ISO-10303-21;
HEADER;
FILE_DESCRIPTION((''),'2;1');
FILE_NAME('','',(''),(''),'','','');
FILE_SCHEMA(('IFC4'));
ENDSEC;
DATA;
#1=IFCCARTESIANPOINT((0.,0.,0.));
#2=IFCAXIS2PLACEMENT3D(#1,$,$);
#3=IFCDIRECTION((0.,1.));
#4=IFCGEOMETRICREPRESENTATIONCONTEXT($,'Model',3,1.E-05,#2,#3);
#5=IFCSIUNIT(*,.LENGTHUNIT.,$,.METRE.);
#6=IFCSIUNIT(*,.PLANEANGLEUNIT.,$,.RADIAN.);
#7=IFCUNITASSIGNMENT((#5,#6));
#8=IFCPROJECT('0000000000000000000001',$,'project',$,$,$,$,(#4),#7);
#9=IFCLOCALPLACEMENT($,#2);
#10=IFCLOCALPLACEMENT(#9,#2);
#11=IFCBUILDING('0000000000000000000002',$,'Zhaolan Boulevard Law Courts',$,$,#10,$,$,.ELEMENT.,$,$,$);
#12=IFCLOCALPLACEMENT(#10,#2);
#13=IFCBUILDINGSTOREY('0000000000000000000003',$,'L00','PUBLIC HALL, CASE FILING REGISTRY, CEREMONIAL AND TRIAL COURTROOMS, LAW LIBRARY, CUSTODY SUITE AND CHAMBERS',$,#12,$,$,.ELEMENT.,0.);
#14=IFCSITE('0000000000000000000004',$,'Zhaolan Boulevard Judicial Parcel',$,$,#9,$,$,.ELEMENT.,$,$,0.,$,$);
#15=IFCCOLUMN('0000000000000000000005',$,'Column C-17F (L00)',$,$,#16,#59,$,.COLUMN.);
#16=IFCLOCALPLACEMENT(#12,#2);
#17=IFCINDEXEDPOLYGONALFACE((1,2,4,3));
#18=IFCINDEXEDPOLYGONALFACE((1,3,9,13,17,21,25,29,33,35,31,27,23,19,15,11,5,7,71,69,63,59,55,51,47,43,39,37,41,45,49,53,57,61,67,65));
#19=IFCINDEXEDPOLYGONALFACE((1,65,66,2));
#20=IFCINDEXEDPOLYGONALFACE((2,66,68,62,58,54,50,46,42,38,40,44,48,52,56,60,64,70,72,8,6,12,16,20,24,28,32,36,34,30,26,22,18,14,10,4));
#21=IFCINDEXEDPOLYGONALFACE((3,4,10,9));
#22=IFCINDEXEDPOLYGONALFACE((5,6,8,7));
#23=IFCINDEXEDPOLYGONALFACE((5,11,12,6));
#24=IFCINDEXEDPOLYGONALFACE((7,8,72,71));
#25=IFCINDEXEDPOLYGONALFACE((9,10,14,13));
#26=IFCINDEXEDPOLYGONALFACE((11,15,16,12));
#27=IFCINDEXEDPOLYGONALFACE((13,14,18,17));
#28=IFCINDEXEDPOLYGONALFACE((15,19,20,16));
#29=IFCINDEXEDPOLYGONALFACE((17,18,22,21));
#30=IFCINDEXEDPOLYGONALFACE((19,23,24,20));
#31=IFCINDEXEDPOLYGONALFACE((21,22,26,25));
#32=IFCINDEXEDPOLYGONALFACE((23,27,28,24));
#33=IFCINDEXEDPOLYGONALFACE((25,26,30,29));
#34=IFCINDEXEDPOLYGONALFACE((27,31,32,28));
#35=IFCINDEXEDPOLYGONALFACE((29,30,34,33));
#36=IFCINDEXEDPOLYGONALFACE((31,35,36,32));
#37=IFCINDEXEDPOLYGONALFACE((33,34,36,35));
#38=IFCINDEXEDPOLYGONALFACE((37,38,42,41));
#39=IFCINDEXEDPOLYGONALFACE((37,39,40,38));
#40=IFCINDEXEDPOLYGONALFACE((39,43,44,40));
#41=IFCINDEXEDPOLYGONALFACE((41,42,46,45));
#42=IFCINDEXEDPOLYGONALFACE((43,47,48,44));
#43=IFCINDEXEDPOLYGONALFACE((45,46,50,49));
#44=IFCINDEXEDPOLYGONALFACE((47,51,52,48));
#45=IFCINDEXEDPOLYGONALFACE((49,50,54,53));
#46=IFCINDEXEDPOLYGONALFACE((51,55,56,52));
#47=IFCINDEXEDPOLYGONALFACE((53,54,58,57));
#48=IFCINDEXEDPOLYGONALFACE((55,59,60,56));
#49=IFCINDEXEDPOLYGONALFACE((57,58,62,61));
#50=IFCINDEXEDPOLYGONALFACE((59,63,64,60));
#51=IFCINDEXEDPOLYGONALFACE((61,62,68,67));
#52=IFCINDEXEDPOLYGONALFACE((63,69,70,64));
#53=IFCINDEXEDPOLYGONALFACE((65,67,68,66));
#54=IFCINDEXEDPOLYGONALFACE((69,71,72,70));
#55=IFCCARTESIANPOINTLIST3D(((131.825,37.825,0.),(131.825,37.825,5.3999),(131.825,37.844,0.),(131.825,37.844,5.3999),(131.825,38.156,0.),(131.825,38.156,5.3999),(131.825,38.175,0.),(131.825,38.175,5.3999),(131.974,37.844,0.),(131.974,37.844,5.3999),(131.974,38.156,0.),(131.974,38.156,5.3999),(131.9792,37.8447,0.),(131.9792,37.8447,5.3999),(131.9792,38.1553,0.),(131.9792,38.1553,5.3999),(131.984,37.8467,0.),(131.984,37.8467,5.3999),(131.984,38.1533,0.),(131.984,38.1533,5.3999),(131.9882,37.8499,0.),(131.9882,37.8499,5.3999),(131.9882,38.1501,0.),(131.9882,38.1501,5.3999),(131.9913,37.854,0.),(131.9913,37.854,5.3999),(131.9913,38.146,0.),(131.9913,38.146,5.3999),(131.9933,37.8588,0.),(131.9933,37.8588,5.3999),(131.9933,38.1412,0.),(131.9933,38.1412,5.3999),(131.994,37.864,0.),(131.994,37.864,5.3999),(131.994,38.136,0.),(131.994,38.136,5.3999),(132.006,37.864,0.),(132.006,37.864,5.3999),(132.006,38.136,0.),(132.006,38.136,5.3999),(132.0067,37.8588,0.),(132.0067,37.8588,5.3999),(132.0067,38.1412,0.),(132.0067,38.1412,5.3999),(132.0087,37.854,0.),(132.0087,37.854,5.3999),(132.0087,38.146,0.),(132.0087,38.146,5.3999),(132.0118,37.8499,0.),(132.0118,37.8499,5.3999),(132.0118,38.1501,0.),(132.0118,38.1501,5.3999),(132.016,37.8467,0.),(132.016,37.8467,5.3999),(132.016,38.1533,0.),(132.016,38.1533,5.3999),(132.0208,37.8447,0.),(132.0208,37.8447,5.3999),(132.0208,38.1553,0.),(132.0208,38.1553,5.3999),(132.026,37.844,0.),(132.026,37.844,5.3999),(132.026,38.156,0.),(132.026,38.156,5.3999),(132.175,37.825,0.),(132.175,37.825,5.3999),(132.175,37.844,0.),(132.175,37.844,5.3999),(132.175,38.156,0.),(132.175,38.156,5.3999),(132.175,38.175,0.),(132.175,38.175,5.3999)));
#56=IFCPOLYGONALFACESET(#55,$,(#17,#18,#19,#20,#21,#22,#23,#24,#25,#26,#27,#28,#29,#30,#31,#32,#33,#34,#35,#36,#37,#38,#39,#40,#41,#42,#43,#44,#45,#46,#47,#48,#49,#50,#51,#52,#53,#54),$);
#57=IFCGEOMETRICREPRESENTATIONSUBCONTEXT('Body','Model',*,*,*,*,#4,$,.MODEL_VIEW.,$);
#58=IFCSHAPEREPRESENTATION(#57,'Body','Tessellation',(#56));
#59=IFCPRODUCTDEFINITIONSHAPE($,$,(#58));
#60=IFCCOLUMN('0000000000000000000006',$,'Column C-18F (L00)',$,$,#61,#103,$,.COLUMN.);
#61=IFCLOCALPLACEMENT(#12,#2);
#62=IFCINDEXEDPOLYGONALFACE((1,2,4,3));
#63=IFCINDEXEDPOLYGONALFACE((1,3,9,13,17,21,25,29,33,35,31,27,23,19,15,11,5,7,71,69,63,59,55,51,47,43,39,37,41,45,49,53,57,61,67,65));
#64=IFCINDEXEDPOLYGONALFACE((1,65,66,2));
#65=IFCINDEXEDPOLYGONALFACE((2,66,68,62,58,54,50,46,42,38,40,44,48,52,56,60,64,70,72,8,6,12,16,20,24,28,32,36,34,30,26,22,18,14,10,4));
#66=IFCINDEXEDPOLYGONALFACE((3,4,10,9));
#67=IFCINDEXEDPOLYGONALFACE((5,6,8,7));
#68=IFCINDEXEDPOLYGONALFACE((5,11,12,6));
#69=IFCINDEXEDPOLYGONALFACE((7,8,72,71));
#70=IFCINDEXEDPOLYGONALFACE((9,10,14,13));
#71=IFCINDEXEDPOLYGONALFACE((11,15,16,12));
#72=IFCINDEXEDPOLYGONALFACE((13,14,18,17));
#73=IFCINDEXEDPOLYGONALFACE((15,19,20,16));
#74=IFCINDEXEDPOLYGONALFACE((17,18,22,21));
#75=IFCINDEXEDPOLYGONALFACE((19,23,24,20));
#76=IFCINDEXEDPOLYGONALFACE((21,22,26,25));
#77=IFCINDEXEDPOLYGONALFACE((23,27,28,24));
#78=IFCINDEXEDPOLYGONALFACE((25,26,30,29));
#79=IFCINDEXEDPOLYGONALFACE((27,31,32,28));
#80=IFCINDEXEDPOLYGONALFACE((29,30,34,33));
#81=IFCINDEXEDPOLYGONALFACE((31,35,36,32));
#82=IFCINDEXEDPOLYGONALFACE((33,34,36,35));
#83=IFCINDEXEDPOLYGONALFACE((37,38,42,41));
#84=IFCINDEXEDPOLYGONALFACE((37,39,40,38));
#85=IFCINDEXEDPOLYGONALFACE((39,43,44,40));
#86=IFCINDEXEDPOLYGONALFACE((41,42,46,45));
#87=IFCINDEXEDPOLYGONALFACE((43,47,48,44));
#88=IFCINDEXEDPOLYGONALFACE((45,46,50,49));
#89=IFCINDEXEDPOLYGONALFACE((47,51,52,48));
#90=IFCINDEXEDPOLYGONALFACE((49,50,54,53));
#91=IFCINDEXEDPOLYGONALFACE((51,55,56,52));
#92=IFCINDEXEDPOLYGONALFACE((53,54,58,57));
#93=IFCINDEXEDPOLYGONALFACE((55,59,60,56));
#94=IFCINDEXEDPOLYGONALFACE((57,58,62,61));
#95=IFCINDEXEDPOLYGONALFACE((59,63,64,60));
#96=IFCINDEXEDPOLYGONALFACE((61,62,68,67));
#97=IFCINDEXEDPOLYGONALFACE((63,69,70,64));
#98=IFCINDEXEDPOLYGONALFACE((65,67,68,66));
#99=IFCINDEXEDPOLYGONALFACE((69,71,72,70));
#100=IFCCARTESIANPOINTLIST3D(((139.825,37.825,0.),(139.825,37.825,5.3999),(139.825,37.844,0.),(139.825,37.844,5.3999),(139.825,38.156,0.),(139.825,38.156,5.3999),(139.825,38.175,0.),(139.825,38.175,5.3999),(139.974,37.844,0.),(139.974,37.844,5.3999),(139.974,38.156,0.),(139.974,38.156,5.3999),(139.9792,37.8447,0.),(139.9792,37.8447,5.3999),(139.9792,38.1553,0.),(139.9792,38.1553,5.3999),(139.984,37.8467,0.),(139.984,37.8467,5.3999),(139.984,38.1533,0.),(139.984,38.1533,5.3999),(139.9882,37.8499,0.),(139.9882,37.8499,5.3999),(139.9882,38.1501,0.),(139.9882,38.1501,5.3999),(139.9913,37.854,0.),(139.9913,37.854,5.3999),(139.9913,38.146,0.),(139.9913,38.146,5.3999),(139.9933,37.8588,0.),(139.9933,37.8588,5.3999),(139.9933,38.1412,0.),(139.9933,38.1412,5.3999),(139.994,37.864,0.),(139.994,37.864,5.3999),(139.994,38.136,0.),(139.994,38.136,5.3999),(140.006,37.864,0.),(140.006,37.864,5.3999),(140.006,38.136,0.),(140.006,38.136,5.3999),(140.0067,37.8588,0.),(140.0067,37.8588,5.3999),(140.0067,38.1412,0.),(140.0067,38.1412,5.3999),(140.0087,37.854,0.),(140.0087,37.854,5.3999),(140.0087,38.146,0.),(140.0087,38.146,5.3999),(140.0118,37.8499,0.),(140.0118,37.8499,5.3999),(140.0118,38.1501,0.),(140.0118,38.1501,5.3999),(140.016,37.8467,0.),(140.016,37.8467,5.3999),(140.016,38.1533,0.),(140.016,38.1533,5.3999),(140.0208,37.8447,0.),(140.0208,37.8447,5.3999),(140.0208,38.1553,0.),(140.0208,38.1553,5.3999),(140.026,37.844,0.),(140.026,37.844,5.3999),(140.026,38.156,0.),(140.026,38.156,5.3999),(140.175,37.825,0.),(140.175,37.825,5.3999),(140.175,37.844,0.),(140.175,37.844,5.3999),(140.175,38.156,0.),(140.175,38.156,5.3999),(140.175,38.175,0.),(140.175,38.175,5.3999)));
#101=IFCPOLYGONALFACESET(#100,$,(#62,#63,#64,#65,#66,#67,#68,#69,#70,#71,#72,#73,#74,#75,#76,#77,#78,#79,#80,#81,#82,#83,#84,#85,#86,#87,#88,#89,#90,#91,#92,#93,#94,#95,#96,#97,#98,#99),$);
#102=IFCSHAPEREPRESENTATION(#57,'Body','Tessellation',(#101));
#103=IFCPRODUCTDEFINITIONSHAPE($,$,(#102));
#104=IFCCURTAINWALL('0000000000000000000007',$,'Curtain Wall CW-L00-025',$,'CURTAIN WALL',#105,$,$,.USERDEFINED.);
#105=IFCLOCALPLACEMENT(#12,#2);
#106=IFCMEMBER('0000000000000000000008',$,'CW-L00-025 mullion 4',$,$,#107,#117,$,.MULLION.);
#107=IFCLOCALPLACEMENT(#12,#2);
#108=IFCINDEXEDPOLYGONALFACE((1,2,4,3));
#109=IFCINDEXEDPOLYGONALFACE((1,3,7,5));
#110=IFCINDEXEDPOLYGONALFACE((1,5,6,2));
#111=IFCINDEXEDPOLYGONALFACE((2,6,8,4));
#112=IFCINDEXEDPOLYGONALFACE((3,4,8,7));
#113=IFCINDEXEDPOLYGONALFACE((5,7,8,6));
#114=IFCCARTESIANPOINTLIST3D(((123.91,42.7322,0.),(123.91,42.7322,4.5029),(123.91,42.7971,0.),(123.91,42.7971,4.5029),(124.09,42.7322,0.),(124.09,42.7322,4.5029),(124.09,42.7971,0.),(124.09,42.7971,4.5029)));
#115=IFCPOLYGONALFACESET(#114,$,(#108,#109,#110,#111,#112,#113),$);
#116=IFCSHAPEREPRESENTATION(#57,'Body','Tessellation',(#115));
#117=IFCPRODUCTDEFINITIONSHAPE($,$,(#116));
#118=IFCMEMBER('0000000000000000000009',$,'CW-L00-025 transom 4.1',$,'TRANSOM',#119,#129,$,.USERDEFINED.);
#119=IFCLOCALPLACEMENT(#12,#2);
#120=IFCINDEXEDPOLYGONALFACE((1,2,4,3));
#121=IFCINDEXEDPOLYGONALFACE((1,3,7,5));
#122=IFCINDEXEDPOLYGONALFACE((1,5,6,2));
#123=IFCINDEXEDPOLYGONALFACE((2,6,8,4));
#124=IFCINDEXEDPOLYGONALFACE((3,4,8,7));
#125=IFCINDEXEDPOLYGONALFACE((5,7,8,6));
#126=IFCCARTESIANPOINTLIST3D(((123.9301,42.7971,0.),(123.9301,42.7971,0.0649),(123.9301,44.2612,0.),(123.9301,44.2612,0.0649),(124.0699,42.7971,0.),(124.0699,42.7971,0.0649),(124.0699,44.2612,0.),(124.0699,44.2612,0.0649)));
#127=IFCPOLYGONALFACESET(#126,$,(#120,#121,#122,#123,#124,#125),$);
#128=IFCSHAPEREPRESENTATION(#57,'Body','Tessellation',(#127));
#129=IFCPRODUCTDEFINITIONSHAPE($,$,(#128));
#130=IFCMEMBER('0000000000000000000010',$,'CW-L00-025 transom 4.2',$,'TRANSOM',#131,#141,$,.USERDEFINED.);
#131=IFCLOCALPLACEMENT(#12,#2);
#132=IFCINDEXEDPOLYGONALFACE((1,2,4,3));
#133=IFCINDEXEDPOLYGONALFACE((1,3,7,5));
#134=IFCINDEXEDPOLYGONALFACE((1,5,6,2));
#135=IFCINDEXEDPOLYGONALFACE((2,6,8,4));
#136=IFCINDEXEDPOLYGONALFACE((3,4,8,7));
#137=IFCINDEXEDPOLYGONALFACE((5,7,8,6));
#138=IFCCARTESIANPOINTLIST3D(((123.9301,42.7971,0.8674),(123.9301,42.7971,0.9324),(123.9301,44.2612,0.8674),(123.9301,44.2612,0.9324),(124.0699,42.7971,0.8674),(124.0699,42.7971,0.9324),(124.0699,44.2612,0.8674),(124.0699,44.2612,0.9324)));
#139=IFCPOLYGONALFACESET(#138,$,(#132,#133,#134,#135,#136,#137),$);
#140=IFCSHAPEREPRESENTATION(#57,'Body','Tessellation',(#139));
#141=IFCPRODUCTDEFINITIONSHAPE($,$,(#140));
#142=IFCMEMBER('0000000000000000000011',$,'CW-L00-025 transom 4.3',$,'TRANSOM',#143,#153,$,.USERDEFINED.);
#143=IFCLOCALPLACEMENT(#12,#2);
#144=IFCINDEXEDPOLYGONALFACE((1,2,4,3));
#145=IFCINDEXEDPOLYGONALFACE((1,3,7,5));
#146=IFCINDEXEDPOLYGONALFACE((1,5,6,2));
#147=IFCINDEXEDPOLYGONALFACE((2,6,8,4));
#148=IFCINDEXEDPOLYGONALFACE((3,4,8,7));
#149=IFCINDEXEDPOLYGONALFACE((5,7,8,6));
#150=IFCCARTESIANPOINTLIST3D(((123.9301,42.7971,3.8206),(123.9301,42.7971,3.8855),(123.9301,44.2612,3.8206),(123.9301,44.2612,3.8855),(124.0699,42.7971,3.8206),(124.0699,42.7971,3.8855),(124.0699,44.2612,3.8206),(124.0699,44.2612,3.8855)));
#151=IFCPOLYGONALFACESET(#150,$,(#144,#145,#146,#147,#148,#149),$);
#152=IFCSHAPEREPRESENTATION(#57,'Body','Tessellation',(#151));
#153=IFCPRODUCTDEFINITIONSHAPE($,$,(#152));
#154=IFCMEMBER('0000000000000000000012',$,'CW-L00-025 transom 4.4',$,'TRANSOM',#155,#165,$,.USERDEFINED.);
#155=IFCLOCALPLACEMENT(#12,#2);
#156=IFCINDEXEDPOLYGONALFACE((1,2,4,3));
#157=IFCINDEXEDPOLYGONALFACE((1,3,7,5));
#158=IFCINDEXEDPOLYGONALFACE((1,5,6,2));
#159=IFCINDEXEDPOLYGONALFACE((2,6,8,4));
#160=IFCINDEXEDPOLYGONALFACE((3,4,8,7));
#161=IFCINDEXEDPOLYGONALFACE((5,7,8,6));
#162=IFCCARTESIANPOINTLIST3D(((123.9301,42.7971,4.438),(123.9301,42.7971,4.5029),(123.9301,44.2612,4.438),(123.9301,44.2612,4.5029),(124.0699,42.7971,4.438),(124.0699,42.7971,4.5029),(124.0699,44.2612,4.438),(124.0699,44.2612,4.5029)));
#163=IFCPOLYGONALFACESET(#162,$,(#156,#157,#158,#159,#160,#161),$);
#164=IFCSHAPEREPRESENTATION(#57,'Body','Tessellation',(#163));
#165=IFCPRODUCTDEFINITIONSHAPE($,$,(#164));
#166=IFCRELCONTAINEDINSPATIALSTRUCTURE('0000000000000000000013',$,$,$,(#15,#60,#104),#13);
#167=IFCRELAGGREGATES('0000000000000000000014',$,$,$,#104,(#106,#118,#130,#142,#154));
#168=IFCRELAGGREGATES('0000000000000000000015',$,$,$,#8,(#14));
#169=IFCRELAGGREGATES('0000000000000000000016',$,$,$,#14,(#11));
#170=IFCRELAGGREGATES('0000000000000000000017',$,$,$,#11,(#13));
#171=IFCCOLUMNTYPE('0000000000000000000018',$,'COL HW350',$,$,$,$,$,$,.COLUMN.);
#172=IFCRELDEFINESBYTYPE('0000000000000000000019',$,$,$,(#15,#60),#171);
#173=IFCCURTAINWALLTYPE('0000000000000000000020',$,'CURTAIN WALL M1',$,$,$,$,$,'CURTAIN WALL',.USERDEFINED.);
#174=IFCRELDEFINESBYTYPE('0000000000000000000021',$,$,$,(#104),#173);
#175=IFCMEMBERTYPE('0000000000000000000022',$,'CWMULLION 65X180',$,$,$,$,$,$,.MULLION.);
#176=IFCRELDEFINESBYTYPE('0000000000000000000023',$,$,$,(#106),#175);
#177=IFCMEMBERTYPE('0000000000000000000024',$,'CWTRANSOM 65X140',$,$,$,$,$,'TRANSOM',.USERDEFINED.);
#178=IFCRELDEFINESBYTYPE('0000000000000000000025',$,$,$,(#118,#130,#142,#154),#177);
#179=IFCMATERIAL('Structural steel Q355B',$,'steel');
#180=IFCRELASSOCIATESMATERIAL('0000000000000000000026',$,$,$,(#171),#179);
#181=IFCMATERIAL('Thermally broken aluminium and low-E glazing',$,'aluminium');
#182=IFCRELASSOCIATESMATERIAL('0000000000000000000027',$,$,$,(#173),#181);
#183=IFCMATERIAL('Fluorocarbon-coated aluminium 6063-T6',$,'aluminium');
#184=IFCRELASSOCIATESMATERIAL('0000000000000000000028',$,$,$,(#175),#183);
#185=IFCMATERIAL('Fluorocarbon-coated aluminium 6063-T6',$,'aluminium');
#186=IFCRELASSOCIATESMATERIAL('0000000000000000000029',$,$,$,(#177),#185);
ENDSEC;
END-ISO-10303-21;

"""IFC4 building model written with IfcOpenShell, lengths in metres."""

from ifc_helpers import new_model, si_unit, direction, frame, origin, origin_2d, place, context, subcontext, project, spatial, rectangle, i_section, extrude, material, material_profile, profile_set, type_object, element, aggregate, save


model = new_model("IFC4")

# Units and contexts
model_context = context("Model", 3, precision=1e-05, world=origin(), true_north=direction((0.0, 1.0)))
body_context = subcontext(model_context, "Body", "Model", "MODEL_VIEW")
ifc_project = project(units=[si_unit("LENGTHUNIT", "METRE"), si_unit("PLANEANGLEUNIT", "RADIAN")], contexts=[model_context])

# Site, building, storey
site_placement = place(None, origin())
site = spatial("IfcSite", under=ifc_project, at=site_placement, Name="Zhaolan Boulevard Judicial Parcel", CompositionType="ELEMENT", RefElevation=0.0)
building_placement = place(site_placement, origin())
building = spatial("IfcBuilding", under=site, at=building_placement, Name="Zhaolan Boulevard Law Courts", CompositionType="ELEMENT")
storey_placement = place(building_placement, origin())
storey = spatial("IfcBuildingStorey", under=building, at=storey_placement, Name="L00", Description="PUBLIC HALL, CASE FILING REGISTRY, CEREMONIAL AND TRIAL COURTROOMS, LAW LIBRARY, CUSTODY SUITE AND CHAMBERS", CompositionType="ELEMENT", Elevation=0.0)

# Columns
ifc_material_1 = material(Name="Structural steel Q355B", Category="steel")
ifc_material_profile_1 = material_profile(ifc_material_1, i_section(OverallWidth=0.3501, OverallDepth=0.3501, WebThickness=0.012, FlangeThickness=0.019, FilletRadius=0.02, at=origin_2d()), Name="HW350x350")
ifc_profile_set_1 = profile_set([ifc_material_profile_1], Name="Structural steel Q355B")
column_type = type_object("IfcColumnType", Name="COL HW350", PredefinedType="COLUMN", material=ifc_profile_set_1)
for number, where, z_axis, x_axis, name in (
    (1, (132.0, 38.0, 0.0), (0.0, 0.0, 1.0), (1.0, 0.0, 0.0), "Column C-17F (L00)"),
    (2, (140.0, 38.0, 0.0), (0.0, 0.0, 1.0), (1.0, 0.0, 0.0), "Column C-18F (L00)"),
):
    element("IfcColumn", number, at=place(storey_placement, frame(where, z_axis=z_axis, x_axis=x_axis)), inside=storey, type_object=column_type, Name=name, PredefinedType="COLUMN", context=body_context, shape_type="SweptSolid", body=[
        extrude(i_section(OverallWidth=0.3501, OverallDepth=0.3501, WebThickness=0.012, FlangeThickness=0.019, FilletRadius=0.02, at=origin_2d()), origin(), (0.0, 0.0, 1.0), 5.3999),
    ])

# Curtain wall, members
ifc_material_2 = material(Name="Thermally broken aluminium and low-E glazing", Category="aluminium")
curtain_wall_type = type_object("IfcCurtainWallType", Name="CURTAIN WALL M1", ElementType="CURTAIN WALL", PredefinedType="USERDEFINED", material=ifc_material_2)
curtain_wall_placement = place(storey_placement, origin())
curtain_wall = element("IfcCurtainWall", 3, at=curtain_wall_placement, inside=storey, type_object=curtain_wall_type, Name="Curtain Wall CW-L00-025", ObjectType="CURTAIN WALL", PredefinedType="USERDEFINED")
ifc_material_3 = material(Name="Fluorocarbon-coated aluminium 6063-T6", Category="aluminium")
ifc_material_profile_2 = material_profile(ifc_material_3, rectangle(XDim=0.1799, YDim=0.0649, at=origin_2d()), Name="AL65x180")
ifc_profile_set_2 = profile_set([ifc_material_profile_2], Name="Fluorocarbon-coated aluminium 6063-T6")
member_type_1 = type_object("IfcMemberType", Name="CWMULLION 65X180", PredefinedType="MULLION", material=ifc_profile_set_2)
member_1_placement = place(storey_placement, frame((124.0, 42.7646, 0.0), z_axis=(0.0, 0.0, 1.0), x_axis=(-1.0, 0.0, 0.0)))
member_1 = element("IfcMember", 4, at=member_1_placement, type_object=member_type_1, Name="CW-L00-025 mullion 4", PredefinedType="MULLION", context=body_context, shape_type="SweptSolid", body=[
    extrude(rectangle(XDim=0.1799, YDim=0.0649, at=origin_2d()), origin(), (0.0, 0.0, 1.0), 4.5029),
])
ifc_material_4 = material(Name="Fluorocarbon-coated aluminium 6063-T6", Category="aluminium")
ifc_material_profile_3 = material_profile(ifc_material_4, rectangle(XDim=0.1399, YDim=0.0649, at=origin_2d()), Name="AL65x140")
ifc_profile_set_3 = profile_set([ifc_material_profile_3], Name="Fluorocarbon-coated aluminium 6063-T6")
member_type_2 = type_object("IfcMemberType", Name="CWTRANSOM 65X140", ElementType="TRANSOM", PredefinedType="USERDEFINED", material=ifc_profile_set_3)
member_2_placement = place(storey_placement, frame((124.0, 42.7971, 0.0325), z_axis=(0.0, 1.0, 0.0), x_axis=(-1.0, 0.0, 0.0)))
member_2 = element("IfcMember", 5, at=member_2_placement, type_object=member_type_2, Name="CW-L00-025 transom 4.1", ObjectType="TRANSOM", PredefinedType="USERDEFINED", context=body_context, shape_type="SweptSolid", body=[
    extrude(rectangle(XDim=0.1399, YDim=0.0649, at=origin_2d()), origin(), (0.0, 0.0, 1.0), 1.4641),
])
member_3_placement = place(storey_placement, frame((124.0, 42.7971, 0.8999), z_axis=(0.0, 1.0, 0.0), x_axis=(-1.0, 0.0, 0.0)))
member_3 = element("IfcMember", 6, at=member_3_placement, type_object=member_type_2, Name="CW-L00-025 transom 4.2", ObjectType="TRANSOM", PredefinedType="USERDEFINED", context=body_context, shape_type="SweptSolid", body=[
    extrude(rectangle(XDim=0.1399, YDim=0.0649, at=origin_2d()), origin(), (0.0, 0.0, 1.0), 1.4641),
])
member_4_placement = place(storey_placement, frame((124.0, 42.7971, 3.853), z_axis=(0.0, 1.0, 0.0), x_axis=(-1.0, 0.0, 0.0)))
member_4 = element("IfcMember", 7, at=member_4_placement, type_object=member_type_2, Name="CW-L00-025 transom 4.3", ObjectType="TRANSOM", PredefinedType="USERDEFINED", context=body_context, shape_type="SweptSolid", body=[
    extrude(rectangle(XDim=0.1399, YDim=0.0649, at=origin_2d()), origin(), (0.0, 0.0, 1.0), 1.4641),
])
member_5_placement = place(storey_placement, frame((124.0, 42.7971, 4.4705), z_axis=(0.0, 1.0, 0.0), x_axis=(-1.0, 0.0, 0.0)))
member_5 = element("IfcMember", 8, at=member_5_placement, type_object=member_type_2, Name="CW-L00-025 transom 4.4", ObjectType="TRANSOM", PredefinedType="USERDEFINED", context=body_context, shape_type="SweptSolid", body=[
    extrude(rectangle(XDim=0.1399, YDim=0.0649, at=origin_2d()), origin(), (0.0, 0.0, 1.0), 1.4641),
])

aggregate(curtain_wall, [member_1, member_2, member_3, member_4, member_5])

save(model, "model.ifc")
